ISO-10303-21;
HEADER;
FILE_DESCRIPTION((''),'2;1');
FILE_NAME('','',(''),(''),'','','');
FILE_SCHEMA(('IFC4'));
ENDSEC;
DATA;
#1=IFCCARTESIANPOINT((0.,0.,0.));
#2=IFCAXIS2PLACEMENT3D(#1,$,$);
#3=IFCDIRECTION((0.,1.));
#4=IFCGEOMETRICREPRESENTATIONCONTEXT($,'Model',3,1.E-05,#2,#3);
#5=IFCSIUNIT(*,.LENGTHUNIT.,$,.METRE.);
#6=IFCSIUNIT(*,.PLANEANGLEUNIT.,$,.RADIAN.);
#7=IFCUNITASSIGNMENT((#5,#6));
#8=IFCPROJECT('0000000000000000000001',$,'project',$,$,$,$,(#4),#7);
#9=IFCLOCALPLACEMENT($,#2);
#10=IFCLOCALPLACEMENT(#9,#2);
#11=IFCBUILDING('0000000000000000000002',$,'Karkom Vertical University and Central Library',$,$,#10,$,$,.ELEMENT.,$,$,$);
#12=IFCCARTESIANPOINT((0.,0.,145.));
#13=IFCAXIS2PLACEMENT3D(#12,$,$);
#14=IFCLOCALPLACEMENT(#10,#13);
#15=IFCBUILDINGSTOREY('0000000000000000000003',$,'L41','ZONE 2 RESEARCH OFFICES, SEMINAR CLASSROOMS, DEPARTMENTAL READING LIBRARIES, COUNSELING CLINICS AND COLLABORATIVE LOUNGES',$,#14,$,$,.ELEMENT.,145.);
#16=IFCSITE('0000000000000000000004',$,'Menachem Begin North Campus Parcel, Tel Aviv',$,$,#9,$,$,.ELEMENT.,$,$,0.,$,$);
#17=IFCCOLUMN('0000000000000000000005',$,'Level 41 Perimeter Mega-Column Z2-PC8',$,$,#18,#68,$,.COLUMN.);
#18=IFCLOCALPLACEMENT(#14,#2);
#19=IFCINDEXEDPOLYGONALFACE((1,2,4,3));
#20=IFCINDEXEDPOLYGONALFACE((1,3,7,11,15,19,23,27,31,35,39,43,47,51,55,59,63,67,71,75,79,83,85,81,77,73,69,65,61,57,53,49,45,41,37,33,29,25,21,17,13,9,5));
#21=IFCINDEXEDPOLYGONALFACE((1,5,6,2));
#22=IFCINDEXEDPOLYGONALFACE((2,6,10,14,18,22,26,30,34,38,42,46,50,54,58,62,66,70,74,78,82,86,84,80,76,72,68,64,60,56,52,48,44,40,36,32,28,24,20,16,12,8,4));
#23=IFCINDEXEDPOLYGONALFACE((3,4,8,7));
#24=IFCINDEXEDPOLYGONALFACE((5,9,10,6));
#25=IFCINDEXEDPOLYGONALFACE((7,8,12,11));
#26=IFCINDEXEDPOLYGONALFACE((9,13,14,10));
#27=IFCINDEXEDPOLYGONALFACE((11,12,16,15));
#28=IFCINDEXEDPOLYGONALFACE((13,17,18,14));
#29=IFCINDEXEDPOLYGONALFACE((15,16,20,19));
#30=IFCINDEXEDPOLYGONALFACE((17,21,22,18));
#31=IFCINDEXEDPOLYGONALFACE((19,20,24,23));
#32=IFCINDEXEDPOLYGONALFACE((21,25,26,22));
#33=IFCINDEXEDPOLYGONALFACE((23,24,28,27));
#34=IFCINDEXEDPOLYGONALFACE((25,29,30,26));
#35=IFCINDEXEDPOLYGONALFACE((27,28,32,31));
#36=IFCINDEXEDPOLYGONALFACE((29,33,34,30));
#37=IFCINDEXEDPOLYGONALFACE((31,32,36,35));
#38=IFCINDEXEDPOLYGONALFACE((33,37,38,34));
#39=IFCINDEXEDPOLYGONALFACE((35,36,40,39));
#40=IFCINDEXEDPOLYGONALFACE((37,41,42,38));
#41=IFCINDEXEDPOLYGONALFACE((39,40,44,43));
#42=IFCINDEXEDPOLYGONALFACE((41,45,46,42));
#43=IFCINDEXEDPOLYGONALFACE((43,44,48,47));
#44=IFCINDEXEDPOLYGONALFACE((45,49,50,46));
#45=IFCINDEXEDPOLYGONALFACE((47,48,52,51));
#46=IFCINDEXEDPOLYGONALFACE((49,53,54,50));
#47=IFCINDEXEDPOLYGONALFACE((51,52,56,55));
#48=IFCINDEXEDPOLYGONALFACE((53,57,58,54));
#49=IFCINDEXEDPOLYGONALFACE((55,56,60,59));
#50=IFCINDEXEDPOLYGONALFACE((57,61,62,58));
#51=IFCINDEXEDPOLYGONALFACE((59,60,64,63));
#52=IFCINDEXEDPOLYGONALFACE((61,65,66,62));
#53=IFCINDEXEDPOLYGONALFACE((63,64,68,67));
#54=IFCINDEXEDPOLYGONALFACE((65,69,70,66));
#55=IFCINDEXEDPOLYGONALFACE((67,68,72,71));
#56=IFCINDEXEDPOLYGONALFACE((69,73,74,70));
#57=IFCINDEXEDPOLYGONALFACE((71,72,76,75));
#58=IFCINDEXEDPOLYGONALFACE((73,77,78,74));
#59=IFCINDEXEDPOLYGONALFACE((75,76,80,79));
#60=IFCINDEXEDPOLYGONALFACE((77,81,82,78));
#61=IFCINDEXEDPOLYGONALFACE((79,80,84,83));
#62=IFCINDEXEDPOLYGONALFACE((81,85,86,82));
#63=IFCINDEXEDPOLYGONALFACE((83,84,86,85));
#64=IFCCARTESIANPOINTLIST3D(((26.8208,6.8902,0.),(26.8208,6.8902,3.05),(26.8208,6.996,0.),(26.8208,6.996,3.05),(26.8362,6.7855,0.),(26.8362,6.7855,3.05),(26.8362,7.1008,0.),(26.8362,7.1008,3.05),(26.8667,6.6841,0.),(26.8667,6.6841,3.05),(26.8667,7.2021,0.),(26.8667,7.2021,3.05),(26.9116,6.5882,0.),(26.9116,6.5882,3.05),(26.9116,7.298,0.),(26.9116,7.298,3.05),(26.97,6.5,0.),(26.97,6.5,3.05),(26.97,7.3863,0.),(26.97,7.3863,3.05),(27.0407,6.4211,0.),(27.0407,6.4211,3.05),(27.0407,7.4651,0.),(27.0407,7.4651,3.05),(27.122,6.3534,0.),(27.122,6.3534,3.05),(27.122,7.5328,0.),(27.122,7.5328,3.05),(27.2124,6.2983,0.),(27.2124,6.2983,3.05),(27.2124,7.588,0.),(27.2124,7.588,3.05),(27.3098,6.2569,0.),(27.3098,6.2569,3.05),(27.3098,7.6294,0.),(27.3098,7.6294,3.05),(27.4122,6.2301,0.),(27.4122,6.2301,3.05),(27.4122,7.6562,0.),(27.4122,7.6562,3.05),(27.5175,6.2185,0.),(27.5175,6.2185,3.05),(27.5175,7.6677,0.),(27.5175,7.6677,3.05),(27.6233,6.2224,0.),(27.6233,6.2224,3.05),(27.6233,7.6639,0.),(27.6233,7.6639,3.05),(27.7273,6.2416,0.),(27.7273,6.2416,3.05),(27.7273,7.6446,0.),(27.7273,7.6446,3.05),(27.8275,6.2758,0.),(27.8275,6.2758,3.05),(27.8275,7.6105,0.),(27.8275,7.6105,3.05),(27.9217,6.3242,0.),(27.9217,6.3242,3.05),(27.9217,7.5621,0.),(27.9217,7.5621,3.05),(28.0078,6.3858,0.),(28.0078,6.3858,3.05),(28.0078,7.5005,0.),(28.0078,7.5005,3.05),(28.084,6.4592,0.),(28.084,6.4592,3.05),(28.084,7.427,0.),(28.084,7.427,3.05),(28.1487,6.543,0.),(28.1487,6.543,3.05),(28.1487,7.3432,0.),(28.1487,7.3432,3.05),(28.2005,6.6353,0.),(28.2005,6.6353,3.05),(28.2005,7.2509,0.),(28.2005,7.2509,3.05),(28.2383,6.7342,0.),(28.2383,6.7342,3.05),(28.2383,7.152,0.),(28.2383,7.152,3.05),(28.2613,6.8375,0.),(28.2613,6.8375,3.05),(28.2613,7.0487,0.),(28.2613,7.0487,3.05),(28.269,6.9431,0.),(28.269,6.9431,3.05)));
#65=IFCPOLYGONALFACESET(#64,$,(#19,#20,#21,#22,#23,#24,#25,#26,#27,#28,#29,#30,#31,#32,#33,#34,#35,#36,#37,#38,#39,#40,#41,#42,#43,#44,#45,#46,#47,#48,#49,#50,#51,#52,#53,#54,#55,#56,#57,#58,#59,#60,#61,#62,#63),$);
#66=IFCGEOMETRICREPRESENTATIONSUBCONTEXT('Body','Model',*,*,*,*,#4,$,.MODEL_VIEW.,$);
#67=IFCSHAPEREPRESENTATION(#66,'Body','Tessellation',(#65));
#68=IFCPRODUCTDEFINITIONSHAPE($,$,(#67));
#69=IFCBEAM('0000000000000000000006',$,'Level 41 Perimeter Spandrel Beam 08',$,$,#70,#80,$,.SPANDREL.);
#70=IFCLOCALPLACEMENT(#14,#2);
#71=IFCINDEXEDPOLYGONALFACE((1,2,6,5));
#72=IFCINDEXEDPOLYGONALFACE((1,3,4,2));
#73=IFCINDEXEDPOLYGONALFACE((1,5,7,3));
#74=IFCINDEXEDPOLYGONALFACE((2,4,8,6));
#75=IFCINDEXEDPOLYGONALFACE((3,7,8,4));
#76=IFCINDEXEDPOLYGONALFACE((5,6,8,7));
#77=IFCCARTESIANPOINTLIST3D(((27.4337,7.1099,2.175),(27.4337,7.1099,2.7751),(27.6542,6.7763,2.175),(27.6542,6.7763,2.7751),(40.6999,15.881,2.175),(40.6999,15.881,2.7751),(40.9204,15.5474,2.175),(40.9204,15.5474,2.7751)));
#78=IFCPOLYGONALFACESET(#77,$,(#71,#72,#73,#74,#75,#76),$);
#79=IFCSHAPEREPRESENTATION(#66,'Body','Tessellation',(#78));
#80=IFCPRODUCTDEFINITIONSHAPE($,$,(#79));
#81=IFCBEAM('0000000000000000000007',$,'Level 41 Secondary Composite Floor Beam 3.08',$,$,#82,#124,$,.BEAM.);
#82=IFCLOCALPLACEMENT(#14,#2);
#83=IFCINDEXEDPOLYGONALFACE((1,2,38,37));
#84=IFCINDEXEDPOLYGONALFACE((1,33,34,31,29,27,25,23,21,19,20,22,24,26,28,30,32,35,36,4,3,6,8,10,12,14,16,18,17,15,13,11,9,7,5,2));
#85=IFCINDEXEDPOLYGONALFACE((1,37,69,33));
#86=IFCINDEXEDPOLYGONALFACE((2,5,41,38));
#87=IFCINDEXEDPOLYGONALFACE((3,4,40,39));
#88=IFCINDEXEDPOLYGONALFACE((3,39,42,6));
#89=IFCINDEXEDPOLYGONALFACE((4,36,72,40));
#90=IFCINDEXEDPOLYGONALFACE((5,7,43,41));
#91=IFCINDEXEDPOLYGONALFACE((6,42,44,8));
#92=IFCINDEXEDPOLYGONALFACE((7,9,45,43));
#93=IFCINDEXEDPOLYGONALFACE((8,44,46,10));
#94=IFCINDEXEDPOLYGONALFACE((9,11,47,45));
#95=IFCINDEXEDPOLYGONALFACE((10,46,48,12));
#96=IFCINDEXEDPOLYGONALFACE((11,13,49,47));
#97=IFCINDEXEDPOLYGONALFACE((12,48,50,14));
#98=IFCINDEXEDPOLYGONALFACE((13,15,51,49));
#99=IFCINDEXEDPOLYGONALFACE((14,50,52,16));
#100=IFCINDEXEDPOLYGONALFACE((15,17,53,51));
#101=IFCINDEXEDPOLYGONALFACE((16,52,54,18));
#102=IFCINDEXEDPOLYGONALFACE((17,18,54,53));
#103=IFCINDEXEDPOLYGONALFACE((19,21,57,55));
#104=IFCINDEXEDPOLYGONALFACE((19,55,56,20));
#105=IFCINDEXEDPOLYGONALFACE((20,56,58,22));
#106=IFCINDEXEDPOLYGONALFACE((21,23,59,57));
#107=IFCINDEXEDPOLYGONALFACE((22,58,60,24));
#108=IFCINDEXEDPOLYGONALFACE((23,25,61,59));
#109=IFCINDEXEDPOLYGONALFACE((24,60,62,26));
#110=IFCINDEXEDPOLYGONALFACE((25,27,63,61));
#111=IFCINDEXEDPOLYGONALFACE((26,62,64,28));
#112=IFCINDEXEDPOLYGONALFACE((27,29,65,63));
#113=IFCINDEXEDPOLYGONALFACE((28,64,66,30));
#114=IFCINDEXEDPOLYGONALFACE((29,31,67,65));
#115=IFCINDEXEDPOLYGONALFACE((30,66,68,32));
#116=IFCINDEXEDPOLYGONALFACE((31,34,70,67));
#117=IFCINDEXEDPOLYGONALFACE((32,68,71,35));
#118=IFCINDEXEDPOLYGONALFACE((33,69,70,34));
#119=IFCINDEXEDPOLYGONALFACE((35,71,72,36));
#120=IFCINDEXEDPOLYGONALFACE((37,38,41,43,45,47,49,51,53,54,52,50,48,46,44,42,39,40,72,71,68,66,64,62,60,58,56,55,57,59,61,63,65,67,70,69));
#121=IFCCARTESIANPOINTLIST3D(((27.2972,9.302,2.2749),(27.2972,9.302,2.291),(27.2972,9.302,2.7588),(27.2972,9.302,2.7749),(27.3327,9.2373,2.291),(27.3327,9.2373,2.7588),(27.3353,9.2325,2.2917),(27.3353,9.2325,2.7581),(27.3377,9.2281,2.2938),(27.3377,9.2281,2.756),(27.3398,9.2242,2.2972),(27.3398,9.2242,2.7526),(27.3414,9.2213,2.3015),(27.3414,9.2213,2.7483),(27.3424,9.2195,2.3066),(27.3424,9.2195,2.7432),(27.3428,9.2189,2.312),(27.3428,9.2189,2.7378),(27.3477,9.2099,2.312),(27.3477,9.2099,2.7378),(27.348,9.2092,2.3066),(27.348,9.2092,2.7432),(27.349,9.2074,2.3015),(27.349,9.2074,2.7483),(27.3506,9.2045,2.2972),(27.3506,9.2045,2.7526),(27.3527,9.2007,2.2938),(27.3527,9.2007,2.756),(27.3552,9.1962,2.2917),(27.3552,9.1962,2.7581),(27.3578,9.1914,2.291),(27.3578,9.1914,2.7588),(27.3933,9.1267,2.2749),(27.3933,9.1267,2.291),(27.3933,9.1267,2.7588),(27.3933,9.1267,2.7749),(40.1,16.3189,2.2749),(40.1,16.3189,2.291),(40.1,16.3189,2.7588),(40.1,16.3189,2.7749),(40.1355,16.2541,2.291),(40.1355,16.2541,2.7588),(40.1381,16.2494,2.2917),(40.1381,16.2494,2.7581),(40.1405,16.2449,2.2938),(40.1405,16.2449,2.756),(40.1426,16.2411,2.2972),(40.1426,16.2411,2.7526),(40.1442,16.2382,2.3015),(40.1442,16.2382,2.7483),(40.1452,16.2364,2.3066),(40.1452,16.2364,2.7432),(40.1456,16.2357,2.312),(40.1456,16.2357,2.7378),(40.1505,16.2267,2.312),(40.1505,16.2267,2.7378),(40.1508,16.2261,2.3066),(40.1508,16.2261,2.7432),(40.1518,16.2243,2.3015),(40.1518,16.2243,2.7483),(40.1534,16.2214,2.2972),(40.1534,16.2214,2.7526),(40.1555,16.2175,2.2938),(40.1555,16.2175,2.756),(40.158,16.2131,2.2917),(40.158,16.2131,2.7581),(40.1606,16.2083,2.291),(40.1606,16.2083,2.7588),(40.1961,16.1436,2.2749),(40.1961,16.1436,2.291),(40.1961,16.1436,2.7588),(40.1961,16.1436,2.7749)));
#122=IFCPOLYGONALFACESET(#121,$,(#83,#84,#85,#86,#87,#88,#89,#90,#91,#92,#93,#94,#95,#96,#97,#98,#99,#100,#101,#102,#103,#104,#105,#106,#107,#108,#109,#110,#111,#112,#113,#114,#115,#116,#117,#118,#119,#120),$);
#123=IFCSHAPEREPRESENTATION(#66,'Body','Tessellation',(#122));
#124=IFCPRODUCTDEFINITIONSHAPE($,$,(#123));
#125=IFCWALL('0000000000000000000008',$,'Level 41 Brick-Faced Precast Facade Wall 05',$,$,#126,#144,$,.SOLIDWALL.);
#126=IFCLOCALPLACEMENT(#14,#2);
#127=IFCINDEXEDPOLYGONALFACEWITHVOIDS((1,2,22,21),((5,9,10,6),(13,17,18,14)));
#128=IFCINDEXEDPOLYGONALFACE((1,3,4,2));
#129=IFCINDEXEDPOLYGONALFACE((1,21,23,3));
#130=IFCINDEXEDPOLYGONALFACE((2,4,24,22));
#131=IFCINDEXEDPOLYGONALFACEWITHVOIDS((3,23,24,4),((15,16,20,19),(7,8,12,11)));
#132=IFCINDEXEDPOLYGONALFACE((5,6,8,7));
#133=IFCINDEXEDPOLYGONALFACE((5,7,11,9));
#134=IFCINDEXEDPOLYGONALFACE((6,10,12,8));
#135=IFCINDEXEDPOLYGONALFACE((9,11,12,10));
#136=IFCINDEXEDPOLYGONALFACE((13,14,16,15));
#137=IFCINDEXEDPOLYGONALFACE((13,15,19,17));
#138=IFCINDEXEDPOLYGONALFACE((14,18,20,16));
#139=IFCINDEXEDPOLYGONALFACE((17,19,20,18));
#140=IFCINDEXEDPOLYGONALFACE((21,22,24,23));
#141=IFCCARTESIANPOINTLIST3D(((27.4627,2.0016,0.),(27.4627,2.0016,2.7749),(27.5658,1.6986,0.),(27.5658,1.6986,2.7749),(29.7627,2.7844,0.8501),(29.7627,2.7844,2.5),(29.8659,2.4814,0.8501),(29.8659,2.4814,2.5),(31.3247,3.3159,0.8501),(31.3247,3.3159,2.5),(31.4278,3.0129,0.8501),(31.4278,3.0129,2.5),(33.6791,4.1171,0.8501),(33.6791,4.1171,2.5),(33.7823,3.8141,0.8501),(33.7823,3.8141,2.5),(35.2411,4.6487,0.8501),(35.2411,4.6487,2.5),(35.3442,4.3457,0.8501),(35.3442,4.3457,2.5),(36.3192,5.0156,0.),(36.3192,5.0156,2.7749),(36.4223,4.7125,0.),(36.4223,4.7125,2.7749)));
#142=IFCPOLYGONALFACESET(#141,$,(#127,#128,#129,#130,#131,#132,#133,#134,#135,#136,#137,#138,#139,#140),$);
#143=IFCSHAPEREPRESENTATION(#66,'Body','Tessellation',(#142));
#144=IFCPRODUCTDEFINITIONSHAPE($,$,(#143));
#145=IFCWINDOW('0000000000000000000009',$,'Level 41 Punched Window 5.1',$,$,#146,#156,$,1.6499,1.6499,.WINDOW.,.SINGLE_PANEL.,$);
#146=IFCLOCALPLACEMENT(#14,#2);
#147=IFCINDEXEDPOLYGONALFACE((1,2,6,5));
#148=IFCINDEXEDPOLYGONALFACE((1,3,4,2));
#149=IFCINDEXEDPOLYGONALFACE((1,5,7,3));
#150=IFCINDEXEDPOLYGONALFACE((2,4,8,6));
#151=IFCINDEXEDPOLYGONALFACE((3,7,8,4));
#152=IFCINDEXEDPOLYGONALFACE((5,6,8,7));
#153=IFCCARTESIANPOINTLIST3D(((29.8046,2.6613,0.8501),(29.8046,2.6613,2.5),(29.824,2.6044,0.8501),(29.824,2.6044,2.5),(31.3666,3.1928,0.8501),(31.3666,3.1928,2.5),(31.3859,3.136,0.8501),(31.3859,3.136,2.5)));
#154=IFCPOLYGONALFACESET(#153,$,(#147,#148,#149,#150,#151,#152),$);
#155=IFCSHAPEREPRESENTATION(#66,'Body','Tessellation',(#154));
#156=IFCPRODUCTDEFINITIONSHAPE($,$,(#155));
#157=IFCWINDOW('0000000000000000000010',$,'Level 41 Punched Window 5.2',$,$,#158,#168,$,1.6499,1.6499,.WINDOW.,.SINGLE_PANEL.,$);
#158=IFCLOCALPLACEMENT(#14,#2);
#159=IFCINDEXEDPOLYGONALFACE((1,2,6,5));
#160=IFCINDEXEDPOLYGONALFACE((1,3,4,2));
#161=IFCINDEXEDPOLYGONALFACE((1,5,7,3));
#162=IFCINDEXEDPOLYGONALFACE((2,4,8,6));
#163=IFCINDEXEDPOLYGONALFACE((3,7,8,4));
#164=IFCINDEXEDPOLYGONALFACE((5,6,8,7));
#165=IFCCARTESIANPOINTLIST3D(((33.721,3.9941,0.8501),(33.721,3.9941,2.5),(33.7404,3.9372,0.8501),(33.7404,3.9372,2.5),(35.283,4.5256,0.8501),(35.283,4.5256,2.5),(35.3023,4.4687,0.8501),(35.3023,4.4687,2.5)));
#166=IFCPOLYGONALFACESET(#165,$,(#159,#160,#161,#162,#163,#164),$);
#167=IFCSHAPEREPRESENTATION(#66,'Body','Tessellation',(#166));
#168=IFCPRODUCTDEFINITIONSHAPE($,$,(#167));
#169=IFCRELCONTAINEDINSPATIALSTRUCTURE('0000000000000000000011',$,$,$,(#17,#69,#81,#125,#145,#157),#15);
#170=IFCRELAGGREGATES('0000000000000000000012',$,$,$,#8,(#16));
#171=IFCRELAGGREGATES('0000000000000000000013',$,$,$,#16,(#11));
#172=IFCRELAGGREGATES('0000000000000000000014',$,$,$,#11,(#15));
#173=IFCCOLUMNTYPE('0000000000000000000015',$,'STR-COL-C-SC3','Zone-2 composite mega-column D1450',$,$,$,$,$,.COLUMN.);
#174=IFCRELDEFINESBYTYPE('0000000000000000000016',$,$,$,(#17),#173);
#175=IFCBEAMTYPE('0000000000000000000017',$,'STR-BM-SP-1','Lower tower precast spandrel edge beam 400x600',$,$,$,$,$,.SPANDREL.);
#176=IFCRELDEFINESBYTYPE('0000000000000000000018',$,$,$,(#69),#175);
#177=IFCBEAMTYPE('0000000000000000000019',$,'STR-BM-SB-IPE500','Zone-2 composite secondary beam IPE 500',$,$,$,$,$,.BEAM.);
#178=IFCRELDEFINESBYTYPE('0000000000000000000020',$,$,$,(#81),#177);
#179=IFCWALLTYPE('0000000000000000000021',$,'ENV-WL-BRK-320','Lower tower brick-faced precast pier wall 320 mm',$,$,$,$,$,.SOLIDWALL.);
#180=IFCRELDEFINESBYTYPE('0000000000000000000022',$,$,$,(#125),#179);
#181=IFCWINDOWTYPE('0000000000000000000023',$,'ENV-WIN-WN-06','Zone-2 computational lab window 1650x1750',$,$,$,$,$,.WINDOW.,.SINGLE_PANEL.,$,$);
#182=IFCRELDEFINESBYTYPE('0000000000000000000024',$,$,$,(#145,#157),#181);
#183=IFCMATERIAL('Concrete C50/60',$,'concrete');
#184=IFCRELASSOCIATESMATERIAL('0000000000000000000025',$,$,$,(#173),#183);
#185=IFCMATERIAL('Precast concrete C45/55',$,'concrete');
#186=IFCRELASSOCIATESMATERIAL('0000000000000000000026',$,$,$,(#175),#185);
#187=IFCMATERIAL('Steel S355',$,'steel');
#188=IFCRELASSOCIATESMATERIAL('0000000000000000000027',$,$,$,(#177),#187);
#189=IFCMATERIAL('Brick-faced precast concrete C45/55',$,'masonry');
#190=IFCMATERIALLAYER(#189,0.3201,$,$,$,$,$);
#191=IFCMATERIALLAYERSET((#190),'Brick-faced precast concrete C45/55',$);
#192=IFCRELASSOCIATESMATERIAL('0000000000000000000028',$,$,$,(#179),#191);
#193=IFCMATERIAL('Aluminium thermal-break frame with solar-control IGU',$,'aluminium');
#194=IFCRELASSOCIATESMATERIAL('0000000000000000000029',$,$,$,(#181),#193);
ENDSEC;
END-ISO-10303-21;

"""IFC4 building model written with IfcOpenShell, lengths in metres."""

from ifc_helpers import new_model, si_unit, direction, frame, frame_2d, origin, origin_with_axes, origin_2d, place, context, subcontext, project, spatial, rectangle, circle, i_section, extrude, source, transform, mapped, material, layer, layer_set, material_profile, profile_set, type_object, element, fill, save


model = new_model("IFC4")

# Units and contexts
model_context = context("Model", 3, precision=1e-05, world=origin(), true_north=direction((0.0, 1.0)))
body_context = subcontext(model_context, "Body", "Model", "MODEL_VIEW")
ifc_project = project(units=[si_unit("LENGTHUNIT", "METRE"), si_unit("PLANEANGLEUNIT", "RADIAN")], contexts=[model_context])

# Site, building, storey
site_placement = place(None, origin())
site = spatial("IfcSite", under=ifc_project, at=site_placement, Name="Menachem Begin North Campus Parcel, Tel Aviv", CompositionType="ELEMENT", RefElevation=0.0)
building_placement = place(site_placement, origin())
building = spatial("IfcBuilding", under=site, at=building_placement, Name="Karkom Vertical University and Central Library", CompositionType="ELEMENT")
storey_placement = place(building_placement, frame((0.0, 0.0, 145.0)))
storey = spatial("IfcBuildingStorey", under=building, at=storey_placement, Name="L41", Description="ZONE 2 RESEARCH OFFICES, SEMINAR CLASSROOMS, DEPARTMENTAL READING LIBRARIES, COUNSELING CLINICS AND COLLABORATIVE LOUNGES", CompositionType="ELEMENT", Elevation=145.0)

# Column
ifc_material_1 = material(Name="Concrete C50/60", Category="concrete")
ifc_material_profile_1 = material_profile(ifc_material_1, circle(Radius=0.7251, at=origin_2d()), Name="CFT-D1450")
ifc_profile_set_1 = profile_set([ifc_material_profile_1], Name="Concrete C50/60")
column_type = type_object("IfcColumnType", Name="STR-COL-C-SC3", Description="Zone-2 composite mega-column D1450", PredefinedType="COLUMN", material=ifc_profile_set_1)
shared_shape_1 = source(origin_with_axes(), body_context, "Body", "SweptSolid", [
    extrude(circle(Radius=0.7251, at=origin_2d()), origin(), (0.0, 0.0, 1.0), 3.05),
])
column_placement = place(storey_placement, frame((27.5439, 6.9431, 0.0), z_axis=(0.0, 0.0, 1.0), x_axis=(1.0, 0.0, 0.0)))
element("IfcColumn", 1, at=column_placement, inside=storey, type_object=column_type, Name="Level 41 Perimeter Mega-Column Z2-PC8", PredefinedType="COLUMN", context=body_context, shape_type="MappedRepresentation", body=[
    mapped(shared_shape_1, transform((0.0, 0.0, 0.0), scale=1.0)),
])

# Beams
ifc_material_2 = material(Name="Precast concrete C45/55", Category="concrete")
ifc_material_profile_2 = material_profile(ifc_material_2, rectangle(XDim=0.3999, YDim=0.6001, at=origin_2d()), Name="SPB-400x600")
ifc_profile_set_2 = profile_set([ifc_material_profile_2], Name="Precast concrete C45/55")
beam_type_1 = type_object("IfcBeamType", Name="STR-BM-SP-1", Description="Lower tower precast spandrel edge beam 400x600", PredefinedType="SPANDREL", material=ifc_profile_set_2)
shared_shape_2 = source(origin_with_axes(), body_context, "Body", "SweptSolid", [
    extrude(rectangle(XDim=0.3999, YDim=0.6001, at=origin_2d()), origin(), (0.0, 0.0, 1.0), 15.9036),
])
beam_1_placement = place(storey_placement, frame((27.5439, 6.9431, 2.4751), z_axis=(0.834165, 0.551515, 0.0), x_axis=(-0.551515, 0.834165, 0.0)))
element("IfcBeam", 2, at=beam_1_placement, inside=storey, type_object=beam_type_1, Name="Level 41 Perimeter Spandrel Beam 08", PredefinedType="SPANDREL", context=body_context, shape_type="MappedRepresentation", body=[
    mapped(shared_shape_2, transform((0.0, 0.0, 0.0), scale=1.0)),
])
ifc_material_3 = material(Name="Steel S355", Category="steel")
ifc_material_profile_3 = material_profile(ifc_material_3, i_section(OverallWidth=0.2, OverallDepth=0.5, WebThickness=0.0103, FlangeThickness=0.0161, FilletRadius=0.021, at=origin_2d()), Name="IPE 500")
ifc_profile_set_3 = profile_set([ifc_material_profile_3], Name="Steel S355")
beam_type_2 = type_object("IfcBeamType", Name="STR-BM-SB-IPE500", Description="Zone-2 composite secondary beam IPE 500", PredefinedType="BEAM", material=ifc_profile_set_3)
shared_shape_3 = source(origin_with_axes(), body_context, "Body", "SweptSolid", [
    extrude(i_section(OverallWidth=0.2, OverallDepth=0.5, WebThickness=0.0103, FlangeThickness=0.0161, FilletRadius=0.021, at=origin_2d()), origin(), (0.0, 0.0, 1.0), 14.5996),
])
beam_2_placement = place(storey_placement, frame((27.3452, 9.2144, 2.5249), z_axis=(0.876928, 0.480622, 0.0), x_axis=(-0.480622, 0.876928, 0.0)))
element("IfcBeam", 3, at=beam_2_placement, inside=storey, type_object=beam_type_2, Name="Level 41 Secondary Composite Floor Beam 3.08", PredefinedType="BEAM", context=body_context, shape_type="MappedRepresentation", body=[
    mapped(shared_shape_3, transform((0.0, 0.0, 0.0), scale=1.0)),
])

# Wall, openings, windows
ifc_material_4 = material(Name="Brick-faced precast concrete C45/55", Category="masonry")
ifc_layer_1 = layer(ifc_material_4, 0.3201)
ifc_layer_set_1 = layer_set([ifc_layer_1], Name="Brick-faced precast concrete C45/55")
wall_type_1 = type_object("IfcWallType", Name="ENV-WL-BRK-320", Description="Lower tower brick-faced precast pier wall 320 mm", PredefinedType="SOLIDWALL", material=ifc_layer_set_1)
wall_1_placement = place(storey_placement, frame((27.5142, 1.8501, 0.0), z_axis=(0.0, 0.0, 1.0), x_axis=(0.946684, 0.322164, 0.0)))
wall_1 = element("IfcWall", 4, at=wall_1_placement, inside=storey, type_object=wall_type_1, Name="Level 41 Brick-Faced Precast Facade Wall 05", PredefinedType="SOLIDWALL", context=body_context, shape_type="SweptSolid", body=[
    extrude(rectangle(XDim=9.3552, YDim=0.3201, at=frame_2d((4.6777, 0.0))), origin(), (0.0, 0.0, 1.0), 2.7749),
])
opening_1_placement = place(wall_1_placement, frame((2.4297, 0.0, 0.8501)))
opening_1 = element("IfcOpeningElement", 5, at=opening_1_placement, cuts=wall_1, PredefinedType="OPENING", context=body_context, shape_type="SweptSolid", body=[
    extrude(rectangle(XDim=1.6499, YDim=1.6499, at=frame_2d((0.825, 0.825))), frame((0.0, 0.1699, 0.0), z_axis=(0.0, -1.0, 0.0), x_axis=(1.0, 0.0, 0.0)), (0.0, 0.0, 1.0), 0.3401),
])
opening_2_placement = place(wall_1_placement, frame((6.5667, 0.0, 0.8501)))
opening_2 = element("IfcOpeningElement", 6, at=opening_2_placement, cuts=wall_1, PredefinedType="OPENING", context=body_context, shape_type="SweptSolid", body=[
    extrude(rectangle(XDim=1.6499, YDim=1.6499, at=frame_2d((0.825, 0.825))), frame((0.0, 0.1699, 0.0), z_axis=(0.0, -1.0, 0.0), x_axis=(1.0, 0.0, 0.0)), (0.0, 0.0, 1.0), 0.3401),
])
ifc_material_5 = material(Name="Aluminium thermal-break frame with solar-control IGU", Category="aluminium")
window_type = type_object("IfcWindowType", Name="ENV-WIN-WN-06", Description="Zone-2 computational lab window 1650x1750", PartitioningType="SINGLE_PANEL", PredefinedType="WINDOW", material=ifc_material_5)
shared_shape_4 = source(origin_with_axes(), body_context, "Body", "SweptSolid", [
    extrude(rectangle(XDim=1.6499, YDim=1.6499, at=frame_2d((0.825, 0.825))), frame((0.0, 0.03, 0.0), z_axis=(0.0, -1.0, 0.0), x_axis=(1.0, 0.0, 0.0)), (0.0, 0.0, 1.0), 0.0601),
])
window_1_placement = place(opening_1_placement, origin())
window_1 = element("IfcWindow", 7, at=window_1_placement, inside=storey, type_object=window_type, Name="Level 41 Punched Window 5.1", OverallHeight=1.6499, OverallWidth=1.6499, PartitioningType="SINGLE_PANEL", PredefinedType="WINDOW", context=body_context, shape_type="MappedRepresentation", body=[
    mapped(shared_shape_4, transform((0.0, 0.0, 0.0), scale=1.0)),
])
fill(opening_1, window_1)
window_2_placement = place(opening_2_placement, origin())
window_2 = element("IfcWindow", 8, at=window_2_placement, inside=storey, type_object=window_type, Name="Level 41 Punched Window 5.2", OverallHeight=1.6499, OverallWidth=1.6499, PartitioningType="SINGLE_PANEL", PredefinedType="WINDOW", context=body_context, shape_type="MappedRepresentation", body=[
    mapped(shared_shape_4, transform((0.0, 0.0, 0.0), scale=1.0)),
])
fill(opening_2, window_2)

save(model, "model.ifc")
